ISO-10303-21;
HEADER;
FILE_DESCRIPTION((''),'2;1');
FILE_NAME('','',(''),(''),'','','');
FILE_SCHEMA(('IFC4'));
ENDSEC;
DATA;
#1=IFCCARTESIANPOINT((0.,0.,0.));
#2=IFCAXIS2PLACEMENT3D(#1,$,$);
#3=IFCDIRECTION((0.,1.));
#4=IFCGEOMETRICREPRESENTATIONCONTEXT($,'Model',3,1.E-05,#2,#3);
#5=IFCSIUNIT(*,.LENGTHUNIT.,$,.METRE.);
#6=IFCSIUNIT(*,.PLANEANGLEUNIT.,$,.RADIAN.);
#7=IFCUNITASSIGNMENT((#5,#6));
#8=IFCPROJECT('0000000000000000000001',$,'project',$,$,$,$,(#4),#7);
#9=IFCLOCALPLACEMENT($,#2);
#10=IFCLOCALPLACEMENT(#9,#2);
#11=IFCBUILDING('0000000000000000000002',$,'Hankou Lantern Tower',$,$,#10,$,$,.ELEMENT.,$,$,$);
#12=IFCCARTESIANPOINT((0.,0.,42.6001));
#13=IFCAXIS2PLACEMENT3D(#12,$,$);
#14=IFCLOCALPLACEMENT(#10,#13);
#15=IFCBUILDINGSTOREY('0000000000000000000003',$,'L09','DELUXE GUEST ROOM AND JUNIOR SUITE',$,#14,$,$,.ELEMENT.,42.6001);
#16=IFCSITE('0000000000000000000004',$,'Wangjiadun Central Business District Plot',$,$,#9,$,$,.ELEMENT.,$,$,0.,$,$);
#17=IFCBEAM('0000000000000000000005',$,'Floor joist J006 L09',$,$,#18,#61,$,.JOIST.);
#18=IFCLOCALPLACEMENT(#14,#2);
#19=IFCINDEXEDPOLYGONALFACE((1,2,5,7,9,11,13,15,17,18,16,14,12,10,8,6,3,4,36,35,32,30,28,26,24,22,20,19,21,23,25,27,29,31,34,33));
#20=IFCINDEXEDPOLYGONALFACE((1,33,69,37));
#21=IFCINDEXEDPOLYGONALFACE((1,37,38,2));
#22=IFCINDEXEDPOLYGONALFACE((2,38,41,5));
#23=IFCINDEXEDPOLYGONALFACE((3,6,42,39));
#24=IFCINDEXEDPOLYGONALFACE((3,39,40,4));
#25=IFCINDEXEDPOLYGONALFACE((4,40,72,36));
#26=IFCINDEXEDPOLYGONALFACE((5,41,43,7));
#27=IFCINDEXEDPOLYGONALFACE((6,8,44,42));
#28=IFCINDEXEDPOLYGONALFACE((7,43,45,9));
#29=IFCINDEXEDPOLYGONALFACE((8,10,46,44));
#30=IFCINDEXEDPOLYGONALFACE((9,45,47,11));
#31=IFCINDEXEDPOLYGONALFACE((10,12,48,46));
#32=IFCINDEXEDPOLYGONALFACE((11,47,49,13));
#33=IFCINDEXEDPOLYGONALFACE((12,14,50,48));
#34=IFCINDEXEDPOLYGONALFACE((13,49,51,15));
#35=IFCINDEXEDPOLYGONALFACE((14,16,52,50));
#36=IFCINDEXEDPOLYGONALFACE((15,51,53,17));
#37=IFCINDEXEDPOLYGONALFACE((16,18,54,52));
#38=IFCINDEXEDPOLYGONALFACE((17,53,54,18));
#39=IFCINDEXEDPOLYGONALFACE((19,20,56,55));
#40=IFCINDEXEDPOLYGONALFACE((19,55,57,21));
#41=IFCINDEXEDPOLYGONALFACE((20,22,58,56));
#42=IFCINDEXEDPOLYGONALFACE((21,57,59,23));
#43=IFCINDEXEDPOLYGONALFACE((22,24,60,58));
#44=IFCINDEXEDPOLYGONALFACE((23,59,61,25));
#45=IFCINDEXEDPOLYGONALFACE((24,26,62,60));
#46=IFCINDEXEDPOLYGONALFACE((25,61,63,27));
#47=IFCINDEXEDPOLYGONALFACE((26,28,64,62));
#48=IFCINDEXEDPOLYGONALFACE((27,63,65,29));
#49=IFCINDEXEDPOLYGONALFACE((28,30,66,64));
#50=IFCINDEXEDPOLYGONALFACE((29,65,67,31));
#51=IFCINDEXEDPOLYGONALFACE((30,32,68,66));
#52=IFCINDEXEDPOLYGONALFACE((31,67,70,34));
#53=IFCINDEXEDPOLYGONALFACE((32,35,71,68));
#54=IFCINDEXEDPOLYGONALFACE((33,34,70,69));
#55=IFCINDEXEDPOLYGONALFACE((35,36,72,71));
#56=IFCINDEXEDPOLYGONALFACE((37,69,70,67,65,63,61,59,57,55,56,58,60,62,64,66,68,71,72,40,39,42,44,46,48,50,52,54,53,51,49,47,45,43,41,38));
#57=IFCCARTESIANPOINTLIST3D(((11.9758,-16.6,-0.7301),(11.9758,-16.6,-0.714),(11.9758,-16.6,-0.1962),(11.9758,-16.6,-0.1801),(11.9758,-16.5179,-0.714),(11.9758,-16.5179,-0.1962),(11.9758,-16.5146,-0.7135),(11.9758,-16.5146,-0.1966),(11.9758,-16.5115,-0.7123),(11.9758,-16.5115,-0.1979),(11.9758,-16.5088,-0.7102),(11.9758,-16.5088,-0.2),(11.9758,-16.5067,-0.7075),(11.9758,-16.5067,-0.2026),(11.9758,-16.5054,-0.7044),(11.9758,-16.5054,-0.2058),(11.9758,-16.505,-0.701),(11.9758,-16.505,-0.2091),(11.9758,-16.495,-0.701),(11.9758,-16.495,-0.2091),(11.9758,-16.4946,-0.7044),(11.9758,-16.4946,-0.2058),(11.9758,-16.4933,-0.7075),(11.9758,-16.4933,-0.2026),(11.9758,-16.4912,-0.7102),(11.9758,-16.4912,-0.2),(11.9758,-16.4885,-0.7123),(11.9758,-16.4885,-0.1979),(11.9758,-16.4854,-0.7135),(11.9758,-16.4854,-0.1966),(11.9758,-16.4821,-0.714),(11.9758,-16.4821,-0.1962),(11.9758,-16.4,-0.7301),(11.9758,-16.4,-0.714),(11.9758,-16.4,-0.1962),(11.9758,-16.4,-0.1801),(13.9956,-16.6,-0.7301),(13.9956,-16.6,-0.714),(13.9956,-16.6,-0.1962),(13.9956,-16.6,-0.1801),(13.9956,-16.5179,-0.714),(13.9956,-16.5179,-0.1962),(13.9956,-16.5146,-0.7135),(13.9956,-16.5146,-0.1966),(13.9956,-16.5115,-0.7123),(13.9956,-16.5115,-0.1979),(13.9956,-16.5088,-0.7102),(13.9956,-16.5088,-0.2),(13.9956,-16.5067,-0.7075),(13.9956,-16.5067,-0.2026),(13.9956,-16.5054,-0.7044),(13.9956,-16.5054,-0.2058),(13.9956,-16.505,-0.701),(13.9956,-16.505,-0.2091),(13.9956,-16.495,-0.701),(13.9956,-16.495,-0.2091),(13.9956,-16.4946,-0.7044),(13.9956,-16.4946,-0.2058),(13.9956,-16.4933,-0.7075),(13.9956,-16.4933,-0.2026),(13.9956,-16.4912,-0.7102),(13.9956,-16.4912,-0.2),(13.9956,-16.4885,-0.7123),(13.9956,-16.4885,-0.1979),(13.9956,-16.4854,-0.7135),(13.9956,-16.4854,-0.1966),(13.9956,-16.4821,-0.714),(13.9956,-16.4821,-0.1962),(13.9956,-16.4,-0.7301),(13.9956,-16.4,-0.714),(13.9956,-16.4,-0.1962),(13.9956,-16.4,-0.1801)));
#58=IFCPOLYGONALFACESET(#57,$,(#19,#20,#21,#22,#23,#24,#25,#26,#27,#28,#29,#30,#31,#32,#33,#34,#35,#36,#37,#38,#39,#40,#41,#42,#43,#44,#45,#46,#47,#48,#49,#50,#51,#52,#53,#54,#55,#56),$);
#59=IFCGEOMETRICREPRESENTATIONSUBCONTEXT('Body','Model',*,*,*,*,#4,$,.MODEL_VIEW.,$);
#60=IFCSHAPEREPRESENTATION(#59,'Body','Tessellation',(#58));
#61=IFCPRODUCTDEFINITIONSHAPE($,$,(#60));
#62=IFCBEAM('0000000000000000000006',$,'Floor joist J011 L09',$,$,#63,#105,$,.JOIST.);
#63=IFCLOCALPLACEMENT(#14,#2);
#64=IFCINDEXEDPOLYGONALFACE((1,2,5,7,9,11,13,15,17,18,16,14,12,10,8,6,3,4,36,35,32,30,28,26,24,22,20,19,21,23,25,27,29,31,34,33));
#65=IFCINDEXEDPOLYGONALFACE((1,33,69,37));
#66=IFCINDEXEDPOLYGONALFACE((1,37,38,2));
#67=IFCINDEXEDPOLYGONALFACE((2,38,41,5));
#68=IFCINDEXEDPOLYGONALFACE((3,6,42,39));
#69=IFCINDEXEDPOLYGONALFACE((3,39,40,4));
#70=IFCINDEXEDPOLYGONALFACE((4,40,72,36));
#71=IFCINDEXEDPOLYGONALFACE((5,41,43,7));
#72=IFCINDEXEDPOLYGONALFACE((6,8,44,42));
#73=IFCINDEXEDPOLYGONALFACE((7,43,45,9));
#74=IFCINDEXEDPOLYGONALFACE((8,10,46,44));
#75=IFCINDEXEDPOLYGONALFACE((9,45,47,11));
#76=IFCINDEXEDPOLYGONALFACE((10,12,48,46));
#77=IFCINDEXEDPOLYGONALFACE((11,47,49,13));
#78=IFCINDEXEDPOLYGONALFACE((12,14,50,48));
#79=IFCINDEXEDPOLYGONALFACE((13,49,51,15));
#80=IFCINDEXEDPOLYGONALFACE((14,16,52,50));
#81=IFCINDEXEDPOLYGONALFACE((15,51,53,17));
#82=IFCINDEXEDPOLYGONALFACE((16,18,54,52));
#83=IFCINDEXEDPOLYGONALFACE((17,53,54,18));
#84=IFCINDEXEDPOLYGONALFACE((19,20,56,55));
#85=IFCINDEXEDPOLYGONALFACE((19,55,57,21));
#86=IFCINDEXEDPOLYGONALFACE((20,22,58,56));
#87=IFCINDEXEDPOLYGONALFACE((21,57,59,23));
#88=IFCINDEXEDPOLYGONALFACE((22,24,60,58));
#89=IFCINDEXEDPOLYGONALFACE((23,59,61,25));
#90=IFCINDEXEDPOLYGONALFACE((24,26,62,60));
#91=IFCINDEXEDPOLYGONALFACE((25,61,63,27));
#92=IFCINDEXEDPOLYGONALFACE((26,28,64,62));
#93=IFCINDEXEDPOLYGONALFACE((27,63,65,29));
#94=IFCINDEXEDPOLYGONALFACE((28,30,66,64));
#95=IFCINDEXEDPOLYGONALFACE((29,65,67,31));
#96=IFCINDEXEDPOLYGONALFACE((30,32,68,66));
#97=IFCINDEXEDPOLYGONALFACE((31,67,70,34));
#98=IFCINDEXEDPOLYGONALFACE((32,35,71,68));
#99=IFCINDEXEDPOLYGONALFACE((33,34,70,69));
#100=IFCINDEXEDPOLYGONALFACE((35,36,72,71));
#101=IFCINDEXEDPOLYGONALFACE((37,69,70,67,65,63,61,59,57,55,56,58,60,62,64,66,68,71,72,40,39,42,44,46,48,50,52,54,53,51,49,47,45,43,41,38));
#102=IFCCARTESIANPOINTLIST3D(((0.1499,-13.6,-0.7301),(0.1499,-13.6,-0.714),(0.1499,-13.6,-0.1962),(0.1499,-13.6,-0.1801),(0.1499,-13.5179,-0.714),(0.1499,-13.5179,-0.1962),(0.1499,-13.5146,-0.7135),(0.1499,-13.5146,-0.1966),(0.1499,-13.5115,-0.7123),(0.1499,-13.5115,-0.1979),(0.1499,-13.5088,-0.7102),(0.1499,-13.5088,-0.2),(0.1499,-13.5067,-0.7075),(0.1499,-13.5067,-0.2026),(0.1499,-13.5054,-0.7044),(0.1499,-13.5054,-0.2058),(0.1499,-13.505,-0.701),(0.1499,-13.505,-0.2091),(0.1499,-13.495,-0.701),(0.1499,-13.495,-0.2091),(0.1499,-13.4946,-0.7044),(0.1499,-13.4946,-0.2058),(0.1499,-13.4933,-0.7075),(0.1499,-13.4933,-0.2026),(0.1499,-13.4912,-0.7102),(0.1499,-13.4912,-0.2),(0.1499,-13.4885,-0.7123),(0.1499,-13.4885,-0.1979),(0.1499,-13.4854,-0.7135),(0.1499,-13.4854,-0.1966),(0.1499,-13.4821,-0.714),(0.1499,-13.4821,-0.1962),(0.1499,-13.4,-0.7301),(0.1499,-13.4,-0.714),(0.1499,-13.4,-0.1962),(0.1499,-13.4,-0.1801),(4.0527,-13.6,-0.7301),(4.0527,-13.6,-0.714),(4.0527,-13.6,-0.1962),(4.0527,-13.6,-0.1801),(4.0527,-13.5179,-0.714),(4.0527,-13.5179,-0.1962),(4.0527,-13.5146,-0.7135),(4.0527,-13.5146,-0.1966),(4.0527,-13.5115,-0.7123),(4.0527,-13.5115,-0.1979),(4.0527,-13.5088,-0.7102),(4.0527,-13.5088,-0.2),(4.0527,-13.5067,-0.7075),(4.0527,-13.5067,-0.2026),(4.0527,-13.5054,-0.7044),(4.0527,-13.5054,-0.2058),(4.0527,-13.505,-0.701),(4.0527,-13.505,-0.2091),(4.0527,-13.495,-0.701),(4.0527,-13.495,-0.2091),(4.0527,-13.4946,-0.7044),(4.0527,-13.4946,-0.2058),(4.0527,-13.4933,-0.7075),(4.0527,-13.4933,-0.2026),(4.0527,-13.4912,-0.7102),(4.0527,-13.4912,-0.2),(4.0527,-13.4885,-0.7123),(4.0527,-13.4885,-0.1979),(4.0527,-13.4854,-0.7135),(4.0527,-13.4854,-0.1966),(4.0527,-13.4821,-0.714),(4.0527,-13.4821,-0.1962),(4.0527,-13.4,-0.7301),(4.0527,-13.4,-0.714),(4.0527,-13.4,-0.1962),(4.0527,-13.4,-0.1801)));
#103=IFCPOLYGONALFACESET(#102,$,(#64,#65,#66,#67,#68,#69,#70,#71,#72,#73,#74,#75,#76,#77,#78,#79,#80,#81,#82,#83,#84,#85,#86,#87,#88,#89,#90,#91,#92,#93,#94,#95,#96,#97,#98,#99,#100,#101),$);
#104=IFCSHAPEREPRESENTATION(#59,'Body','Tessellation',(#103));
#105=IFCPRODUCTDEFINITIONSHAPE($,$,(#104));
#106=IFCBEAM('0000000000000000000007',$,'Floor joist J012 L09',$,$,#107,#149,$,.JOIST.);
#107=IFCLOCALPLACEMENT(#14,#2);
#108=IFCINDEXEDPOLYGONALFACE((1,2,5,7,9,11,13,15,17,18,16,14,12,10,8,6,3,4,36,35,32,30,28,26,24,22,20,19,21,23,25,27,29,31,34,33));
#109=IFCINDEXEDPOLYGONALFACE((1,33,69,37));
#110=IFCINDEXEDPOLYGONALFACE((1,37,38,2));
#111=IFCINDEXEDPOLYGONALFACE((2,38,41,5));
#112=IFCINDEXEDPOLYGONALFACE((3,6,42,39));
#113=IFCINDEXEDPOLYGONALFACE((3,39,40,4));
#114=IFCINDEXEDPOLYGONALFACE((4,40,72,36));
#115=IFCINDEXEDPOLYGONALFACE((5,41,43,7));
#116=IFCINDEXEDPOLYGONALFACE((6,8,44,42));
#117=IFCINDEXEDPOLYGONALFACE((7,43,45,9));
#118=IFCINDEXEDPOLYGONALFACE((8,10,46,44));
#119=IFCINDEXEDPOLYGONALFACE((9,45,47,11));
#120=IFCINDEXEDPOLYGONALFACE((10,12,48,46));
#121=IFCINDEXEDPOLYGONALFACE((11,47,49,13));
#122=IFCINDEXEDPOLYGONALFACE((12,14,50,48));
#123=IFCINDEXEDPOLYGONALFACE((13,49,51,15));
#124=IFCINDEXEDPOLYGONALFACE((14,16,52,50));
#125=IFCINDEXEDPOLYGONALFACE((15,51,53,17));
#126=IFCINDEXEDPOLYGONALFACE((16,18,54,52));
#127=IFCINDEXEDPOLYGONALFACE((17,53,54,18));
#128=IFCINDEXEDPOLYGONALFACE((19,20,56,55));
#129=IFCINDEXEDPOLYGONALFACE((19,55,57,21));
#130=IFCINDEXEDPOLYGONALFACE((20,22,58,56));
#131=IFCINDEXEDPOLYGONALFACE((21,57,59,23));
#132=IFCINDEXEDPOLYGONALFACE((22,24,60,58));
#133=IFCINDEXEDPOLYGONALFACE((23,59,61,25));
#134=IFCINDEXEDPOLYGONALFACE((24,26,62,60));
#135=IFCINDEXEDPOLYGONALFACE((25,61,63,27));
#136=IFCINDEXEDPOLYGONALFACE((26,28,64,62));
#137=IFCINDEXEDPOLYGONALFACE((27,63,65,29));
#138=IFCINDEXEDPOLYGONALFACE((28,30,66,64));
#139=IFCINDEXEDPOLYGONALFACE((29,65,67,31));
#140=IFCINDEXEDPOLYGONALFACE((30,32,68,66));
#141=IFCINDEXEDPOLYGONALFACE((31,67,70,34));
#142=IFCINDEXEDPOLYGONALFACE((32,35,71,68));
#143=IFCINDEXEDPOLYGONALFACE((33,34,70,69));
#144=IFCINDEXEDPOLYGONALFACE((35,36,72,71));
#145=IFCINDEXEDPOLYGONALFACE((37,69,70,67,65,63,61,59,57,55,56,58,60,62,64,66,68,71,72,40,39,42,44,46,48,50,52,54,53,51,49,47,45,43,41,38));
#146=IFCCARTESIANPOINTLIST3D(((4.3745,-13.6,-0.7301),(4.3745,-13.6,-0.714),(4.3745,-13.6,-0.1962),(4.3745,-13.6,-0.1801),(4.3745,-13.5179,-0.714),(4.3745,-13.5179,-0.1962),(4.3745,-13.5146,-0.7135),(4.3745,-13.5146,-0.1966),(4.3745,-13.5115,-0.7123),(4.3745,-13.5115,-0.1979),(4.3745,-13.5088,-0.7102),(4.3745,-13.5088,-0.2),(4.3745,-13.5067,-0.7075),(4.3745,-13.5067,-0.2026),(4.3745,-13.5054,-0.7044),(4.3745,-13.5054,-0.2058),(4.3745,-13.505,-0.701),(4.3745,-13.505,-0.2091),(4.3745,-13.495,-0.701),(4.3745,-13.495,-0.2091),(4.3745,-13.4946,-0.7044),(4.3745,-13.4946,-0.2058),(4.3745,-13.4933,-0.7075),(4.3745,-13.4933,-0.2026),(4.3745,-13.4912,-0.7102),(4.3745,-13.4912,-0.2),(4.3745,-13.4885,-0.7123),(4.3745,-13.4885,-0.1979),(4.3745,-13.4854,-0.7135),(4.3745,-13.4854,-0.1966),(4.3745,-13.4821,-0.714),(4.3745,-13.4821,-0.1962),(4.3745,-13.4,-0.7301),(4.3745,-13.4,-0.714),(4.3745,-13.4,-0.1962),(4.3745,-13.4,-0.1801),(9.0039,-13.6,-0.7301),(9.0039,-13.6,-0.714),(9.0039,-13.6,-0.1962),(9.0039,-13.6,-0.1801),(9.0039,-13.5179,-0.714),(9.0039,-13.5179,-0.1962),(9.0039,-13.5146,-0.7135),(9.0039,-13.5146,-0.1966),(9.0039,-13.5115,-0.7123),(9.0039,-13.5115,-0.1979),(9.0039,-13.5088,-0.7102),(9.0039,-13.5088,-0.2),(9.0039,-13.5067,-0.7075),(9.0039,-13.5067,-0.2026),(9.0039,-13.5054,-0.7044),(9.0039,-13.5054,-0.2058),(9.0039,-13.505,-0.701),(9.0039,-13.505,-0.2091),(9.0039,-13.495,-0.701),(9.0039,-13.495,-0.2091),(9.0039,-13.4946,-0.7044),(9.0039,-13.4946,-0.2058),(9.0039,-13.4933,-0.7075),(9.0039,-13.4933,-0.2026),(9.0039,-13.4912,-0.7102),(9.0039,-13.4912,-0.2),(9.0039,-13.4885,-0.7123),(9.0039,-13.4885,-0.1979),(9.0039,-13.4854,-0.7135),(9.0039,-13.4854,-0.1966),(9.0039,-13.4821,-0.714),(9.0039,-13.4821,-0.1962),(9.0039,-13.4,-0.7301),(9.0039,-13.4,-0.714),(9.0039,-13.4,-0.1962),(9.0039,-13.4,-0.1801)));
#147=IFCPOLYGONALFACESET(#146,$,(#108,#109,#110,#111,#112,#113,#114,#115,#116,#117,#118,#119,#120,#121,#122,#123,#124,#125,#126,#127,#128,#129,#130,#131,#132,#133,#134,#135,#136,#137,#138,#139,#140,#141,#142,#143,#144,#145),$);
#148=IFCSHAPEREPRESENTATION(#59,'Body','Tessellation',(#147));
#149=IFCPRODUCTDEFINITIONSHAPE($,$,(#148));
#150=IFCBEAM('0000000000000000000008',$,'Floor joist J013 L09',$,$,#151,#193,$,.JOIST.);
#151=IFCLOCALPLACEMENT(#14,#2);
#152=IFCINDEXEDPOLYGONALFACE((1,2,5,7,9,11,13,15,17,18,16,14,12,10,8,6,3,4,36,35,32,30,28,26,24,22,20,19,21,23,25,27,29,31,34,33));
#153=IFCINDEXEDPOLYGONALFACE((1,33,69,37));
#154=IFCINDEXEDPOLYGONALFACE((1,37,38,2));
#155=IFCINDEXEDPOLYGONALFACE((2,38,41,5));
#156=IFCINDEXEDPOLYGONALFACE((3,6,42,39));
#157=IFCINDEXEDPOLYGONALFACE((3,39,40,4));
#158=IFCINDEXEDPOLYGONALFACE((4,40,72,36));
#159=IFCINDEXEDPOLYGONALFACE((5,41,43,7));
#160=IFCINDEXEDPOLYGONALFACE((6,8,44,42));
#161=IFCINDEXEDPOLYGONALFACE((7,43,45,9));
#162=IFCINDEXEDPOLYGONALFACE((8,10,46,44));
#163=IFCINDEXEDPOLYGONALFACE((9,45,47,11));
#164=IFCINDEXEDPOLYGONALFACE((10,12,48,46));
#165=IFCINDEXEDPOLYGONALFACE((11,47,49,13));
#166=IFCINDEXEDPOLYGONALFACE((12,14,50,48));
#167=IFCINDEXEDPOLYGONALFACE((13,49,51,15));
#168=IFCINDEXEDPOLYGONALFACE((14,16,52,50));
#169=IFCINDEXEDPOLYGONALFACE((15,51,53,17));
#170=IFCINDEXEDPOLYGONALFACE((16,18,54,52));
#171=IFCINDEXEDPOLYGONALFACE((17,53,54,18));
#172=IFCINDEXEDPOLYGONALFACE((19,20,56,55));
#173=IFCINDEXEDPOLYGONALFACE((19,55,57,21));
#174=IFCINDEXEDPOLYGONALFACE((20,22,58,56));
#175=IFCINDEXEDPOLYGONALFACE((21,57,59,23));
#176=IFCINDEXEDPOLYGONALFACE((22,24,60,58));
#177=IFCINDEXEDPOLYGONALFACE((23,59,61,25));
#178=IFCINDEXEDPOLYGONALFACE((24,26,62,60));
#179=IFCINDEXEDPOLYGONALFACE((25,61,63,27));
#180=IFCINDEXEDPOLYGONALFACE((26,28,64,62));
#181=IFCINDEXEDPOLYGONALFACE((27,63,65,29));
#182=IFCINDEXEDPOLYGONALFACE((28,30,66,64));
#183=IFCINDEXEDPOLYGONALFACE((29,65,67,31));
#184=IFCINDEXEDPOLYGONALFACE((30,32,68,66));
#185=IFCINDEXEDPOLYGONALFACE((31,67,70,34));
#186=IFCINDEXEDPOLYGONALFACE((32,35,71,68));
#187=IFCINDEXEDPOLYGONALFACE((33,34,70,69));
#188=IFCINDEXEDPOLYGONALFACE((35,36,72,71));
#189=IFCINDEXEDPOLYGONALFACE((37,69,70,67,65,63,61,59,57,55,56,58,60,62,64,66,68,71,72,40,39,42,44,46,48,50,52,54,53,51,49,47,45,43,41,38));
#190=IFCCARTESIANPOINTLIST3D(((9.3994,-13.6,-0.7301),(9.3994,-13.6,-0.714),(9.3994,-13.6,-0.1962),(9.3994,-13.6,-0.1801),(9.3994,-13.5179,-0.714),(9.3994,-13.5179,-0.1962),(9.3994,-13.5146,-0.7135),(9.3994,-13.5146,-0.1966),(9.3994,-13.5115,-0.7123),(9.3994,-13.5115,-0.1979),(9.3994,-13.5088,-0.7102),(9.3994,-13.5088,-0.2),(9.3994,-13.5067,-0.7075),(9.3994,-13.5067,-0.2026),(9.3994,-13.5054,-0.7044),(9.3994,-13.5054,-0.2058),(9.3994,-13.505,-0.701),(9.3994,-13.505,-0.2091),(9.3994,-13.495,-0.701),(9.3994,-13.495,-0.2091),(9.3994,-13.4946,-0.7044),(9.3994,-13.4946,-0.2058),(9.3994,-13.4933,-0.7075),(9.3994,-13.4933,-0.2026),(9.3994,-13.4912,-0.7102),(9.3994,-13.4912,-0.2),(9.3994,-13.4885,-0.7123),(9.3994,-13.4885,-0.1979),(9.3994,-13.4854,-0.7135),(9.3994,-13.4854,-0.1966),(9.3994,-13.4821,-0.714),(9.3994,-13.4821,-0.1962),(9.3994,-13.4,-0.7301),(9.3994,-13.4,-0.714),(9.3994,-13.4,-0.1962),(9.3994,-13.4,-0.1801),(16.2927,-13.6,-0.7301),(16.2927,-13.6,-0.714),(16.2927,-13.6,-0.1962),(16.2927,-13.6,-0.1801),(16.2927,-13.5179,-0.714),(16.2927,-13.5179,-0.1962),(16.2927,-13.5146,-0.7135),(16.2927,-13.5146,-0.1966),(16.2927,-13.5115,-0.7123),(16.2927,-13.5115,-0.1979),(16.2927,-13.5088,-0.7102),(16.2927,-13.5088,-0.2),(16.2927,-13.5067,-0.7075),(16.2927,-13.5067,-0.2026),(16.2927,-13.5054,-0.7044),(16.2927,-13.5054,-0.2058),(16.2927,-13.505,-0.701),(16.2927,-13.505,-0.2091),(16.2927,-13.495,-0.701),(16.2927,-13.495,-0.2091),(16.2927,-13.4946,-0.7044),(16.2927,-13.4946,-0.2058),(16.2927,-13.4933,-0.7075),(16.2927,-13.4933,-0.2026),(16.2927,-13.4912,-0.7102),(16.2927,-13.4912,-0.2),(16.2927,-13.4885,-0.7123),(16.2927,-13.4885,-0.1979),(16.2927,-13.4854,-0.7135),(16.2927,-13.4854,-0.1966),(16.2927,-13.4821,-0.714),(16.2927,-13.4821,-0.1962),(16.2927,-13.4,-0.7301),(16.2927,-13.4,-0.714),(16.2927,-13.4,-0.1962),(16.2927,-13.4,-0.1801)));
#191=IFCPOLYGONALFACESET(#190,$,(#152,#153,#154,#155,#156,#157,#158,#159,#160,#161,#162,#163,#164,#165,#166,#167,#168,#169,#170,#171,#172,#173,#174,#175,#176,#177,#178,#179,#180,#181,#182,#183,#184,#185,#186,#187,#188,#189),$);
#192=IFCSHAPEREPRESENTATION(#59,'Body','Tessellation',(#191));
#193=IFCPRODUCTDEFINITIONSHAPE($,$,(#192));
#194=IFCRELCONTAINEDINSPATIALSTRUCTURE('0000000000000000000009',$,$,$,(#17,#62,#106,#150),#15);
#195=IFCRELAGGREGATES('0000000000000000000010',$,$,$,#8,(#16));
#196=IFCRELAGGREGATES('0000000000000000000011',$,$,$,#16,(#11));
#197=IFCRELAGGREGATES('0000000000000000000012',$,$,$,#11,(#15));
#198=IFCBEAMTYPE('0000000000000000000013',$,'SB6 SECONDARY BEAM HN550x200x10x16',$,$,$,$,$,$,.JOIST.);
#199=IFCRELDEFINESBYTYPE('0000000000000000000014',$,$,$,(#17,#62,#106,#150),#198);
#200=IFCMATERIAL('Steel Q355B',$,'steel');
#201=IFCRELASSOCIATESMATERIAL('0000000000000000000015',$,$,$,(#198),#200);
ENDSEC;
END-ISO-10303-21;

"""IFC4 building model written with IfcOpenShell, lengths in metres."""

from ifc_helpers import new_model, si_unit, direction, frame, origin, origin_2d, place, context, subcontext, project, spatial, i_section, extrude, material, material_profile, profile_set, type_object, element, save


model = new_model("IFC4")

# Units and contexts
model_context = context("Model", 3, precision=1e-05, world=origin(), true_north=direction((0.0, 1.0)))
body_context = subcontext(model_context, "Body", "Model", "MODEL_VIEW")
ifc_project = project(units=[si_unit("LENGTHUNIT", "METRE"), si_unit("PLANEANGLEUNIT", "RADIAN")], contexts=[model_context])

# Site, building, storey
site_placement = place(None, origin())
site = spatial("IfcSite", under=ifc_project, at=site_placement, Name="Wangjiadun Central Business District Plot", CompositionType="ELEMENT", RefElevation=0.0)
building_placement = place(site_placement, origin())
building = spatial("IfcBuilding", under=site, at=building_placement, Name="Hankou Lantern Tower", CompositionType="ELEMENT")
storey_placement = place(building_placement, frame((0.0, 0.0, 42.6001)))
storey = spatial("IfcBuildingStorey", under=building, at=storey_placement, Name="L09", Description="DELUXE GUEST ROOM AND JUNIOR SUITE", CompositionType="ELEMENT", Elevation=42.6001)

# Beams
ifc_material_1 = material(Name="Steel Q355B", Category="steel")
ifc_material_profile_1 = material_profile(ifc_material_1, i_section(OverallWidth=0.2, OverallDepth=0.55, WebThickness=0.01, FlangeThickness=0.0161, FilletRadius=0.0129, at=origin_2d()), Name="HN550x200x10x16")
ifc_profile_set_1 = profile_set([ifc_material_profile_1], Name="Steel Q355B")
beam_type_1 = type_object("IfcBeamType", Name="SB6 SECONDARY BEAM HN550x200x10x16", PredefinedType="JOIST", material=ifc_profile_set_1)
beam_1_placement = place(storey_placement, frame((11.9758, -16.5, -0.4551), z_axis=(1.0, 0.0, 0.0), x_axis=(0.0, 1.0, 0.0)))
element("IfcBeam", 1, at=beam_1_placement, inside=storey, type_object=beam_type_1, Name="Floor joist J006 L09", PredefinedType="JOIST", context=body_context, shape_type="SweptSolid", body=[
    extrude(i_section(OverallWidth=0.2, OverallDepth=0.55, WebThickness=0.01, FlangeThickness=0.0161, FilletRadius=0.0129, at=origin_2d()), origin(), (0.0, 0.0, 1.0), 2.0198),
])
beam_2_placement = place(storey_placement, frame((0.1499, -13.5, -0.4551), z_axis=(1.0, 0.0, 0.0), x_axis=(0.0, 1.0, 0.0)))
element("IfcBeam", 2, at=beam_2_placement, inside=storey, type_object=beam_type_1, Name="Floor joist J011 L09", PredefinedType="JOIST", context=body_context, shape_type="SweptSolid", body=[
    extrude(i_section(OverallWidth=0.2, OverallDepth=0.55, WebThickness=0.01, FlangeThickness=0.0161, FilletRadius=0.0129, at=origin_2d()), origin(), (0.0, 0.0, 1.0), 3.9028),
])
beam_3_placement = place(storey_placement, frame((4.3745, -13.5, -0.4551), z_axis=(1.0, 0.0, 0.0), x_axis=(0.0, 1.0, 0.0)))
element("IfcBeam", 3, at=beam_3_placement, inside=storey, type_object=beam_type_1, Name="Floor joist J012 L09", PredefinedType="JOIST", context=body_context, shape_type="SweptSolid", body=[
    extrude(i_section(OverallWidth=0.2, OverallDepth=0.55, WebThickness=0.01, FlangeThickness=0.0161, FilletRadius=0.0129, at=origin_2d()), origin(), (0.0, 0.0, 1.0), 4.6294),
])
beam_4_placement = place(storey_placement, frame((9.3994, -13.5, -0.4551), z_axis=(1.0, 0.0, 0.0), x_axis=(0.0, 1.0, 0.0)))
element("IfcBeam", 4, at=beam_4_placement, inside=storey, type_object=beam_type_1, Name="Floor joist J013 L09", PredefinedType="JOIST", context=body_context, shape_type="SweptSolid", body=[
    extrude(i_section(OverallWidth=0.2, OverallDepth=0.55, WebThickness=0.01, FlangeThickness=0.0161, FilletRadius=0.0129, at=origin_2d()), origin(), (0.0, 0.0, 1.0), 6.8933),
])

save(model, "model.ifc")
